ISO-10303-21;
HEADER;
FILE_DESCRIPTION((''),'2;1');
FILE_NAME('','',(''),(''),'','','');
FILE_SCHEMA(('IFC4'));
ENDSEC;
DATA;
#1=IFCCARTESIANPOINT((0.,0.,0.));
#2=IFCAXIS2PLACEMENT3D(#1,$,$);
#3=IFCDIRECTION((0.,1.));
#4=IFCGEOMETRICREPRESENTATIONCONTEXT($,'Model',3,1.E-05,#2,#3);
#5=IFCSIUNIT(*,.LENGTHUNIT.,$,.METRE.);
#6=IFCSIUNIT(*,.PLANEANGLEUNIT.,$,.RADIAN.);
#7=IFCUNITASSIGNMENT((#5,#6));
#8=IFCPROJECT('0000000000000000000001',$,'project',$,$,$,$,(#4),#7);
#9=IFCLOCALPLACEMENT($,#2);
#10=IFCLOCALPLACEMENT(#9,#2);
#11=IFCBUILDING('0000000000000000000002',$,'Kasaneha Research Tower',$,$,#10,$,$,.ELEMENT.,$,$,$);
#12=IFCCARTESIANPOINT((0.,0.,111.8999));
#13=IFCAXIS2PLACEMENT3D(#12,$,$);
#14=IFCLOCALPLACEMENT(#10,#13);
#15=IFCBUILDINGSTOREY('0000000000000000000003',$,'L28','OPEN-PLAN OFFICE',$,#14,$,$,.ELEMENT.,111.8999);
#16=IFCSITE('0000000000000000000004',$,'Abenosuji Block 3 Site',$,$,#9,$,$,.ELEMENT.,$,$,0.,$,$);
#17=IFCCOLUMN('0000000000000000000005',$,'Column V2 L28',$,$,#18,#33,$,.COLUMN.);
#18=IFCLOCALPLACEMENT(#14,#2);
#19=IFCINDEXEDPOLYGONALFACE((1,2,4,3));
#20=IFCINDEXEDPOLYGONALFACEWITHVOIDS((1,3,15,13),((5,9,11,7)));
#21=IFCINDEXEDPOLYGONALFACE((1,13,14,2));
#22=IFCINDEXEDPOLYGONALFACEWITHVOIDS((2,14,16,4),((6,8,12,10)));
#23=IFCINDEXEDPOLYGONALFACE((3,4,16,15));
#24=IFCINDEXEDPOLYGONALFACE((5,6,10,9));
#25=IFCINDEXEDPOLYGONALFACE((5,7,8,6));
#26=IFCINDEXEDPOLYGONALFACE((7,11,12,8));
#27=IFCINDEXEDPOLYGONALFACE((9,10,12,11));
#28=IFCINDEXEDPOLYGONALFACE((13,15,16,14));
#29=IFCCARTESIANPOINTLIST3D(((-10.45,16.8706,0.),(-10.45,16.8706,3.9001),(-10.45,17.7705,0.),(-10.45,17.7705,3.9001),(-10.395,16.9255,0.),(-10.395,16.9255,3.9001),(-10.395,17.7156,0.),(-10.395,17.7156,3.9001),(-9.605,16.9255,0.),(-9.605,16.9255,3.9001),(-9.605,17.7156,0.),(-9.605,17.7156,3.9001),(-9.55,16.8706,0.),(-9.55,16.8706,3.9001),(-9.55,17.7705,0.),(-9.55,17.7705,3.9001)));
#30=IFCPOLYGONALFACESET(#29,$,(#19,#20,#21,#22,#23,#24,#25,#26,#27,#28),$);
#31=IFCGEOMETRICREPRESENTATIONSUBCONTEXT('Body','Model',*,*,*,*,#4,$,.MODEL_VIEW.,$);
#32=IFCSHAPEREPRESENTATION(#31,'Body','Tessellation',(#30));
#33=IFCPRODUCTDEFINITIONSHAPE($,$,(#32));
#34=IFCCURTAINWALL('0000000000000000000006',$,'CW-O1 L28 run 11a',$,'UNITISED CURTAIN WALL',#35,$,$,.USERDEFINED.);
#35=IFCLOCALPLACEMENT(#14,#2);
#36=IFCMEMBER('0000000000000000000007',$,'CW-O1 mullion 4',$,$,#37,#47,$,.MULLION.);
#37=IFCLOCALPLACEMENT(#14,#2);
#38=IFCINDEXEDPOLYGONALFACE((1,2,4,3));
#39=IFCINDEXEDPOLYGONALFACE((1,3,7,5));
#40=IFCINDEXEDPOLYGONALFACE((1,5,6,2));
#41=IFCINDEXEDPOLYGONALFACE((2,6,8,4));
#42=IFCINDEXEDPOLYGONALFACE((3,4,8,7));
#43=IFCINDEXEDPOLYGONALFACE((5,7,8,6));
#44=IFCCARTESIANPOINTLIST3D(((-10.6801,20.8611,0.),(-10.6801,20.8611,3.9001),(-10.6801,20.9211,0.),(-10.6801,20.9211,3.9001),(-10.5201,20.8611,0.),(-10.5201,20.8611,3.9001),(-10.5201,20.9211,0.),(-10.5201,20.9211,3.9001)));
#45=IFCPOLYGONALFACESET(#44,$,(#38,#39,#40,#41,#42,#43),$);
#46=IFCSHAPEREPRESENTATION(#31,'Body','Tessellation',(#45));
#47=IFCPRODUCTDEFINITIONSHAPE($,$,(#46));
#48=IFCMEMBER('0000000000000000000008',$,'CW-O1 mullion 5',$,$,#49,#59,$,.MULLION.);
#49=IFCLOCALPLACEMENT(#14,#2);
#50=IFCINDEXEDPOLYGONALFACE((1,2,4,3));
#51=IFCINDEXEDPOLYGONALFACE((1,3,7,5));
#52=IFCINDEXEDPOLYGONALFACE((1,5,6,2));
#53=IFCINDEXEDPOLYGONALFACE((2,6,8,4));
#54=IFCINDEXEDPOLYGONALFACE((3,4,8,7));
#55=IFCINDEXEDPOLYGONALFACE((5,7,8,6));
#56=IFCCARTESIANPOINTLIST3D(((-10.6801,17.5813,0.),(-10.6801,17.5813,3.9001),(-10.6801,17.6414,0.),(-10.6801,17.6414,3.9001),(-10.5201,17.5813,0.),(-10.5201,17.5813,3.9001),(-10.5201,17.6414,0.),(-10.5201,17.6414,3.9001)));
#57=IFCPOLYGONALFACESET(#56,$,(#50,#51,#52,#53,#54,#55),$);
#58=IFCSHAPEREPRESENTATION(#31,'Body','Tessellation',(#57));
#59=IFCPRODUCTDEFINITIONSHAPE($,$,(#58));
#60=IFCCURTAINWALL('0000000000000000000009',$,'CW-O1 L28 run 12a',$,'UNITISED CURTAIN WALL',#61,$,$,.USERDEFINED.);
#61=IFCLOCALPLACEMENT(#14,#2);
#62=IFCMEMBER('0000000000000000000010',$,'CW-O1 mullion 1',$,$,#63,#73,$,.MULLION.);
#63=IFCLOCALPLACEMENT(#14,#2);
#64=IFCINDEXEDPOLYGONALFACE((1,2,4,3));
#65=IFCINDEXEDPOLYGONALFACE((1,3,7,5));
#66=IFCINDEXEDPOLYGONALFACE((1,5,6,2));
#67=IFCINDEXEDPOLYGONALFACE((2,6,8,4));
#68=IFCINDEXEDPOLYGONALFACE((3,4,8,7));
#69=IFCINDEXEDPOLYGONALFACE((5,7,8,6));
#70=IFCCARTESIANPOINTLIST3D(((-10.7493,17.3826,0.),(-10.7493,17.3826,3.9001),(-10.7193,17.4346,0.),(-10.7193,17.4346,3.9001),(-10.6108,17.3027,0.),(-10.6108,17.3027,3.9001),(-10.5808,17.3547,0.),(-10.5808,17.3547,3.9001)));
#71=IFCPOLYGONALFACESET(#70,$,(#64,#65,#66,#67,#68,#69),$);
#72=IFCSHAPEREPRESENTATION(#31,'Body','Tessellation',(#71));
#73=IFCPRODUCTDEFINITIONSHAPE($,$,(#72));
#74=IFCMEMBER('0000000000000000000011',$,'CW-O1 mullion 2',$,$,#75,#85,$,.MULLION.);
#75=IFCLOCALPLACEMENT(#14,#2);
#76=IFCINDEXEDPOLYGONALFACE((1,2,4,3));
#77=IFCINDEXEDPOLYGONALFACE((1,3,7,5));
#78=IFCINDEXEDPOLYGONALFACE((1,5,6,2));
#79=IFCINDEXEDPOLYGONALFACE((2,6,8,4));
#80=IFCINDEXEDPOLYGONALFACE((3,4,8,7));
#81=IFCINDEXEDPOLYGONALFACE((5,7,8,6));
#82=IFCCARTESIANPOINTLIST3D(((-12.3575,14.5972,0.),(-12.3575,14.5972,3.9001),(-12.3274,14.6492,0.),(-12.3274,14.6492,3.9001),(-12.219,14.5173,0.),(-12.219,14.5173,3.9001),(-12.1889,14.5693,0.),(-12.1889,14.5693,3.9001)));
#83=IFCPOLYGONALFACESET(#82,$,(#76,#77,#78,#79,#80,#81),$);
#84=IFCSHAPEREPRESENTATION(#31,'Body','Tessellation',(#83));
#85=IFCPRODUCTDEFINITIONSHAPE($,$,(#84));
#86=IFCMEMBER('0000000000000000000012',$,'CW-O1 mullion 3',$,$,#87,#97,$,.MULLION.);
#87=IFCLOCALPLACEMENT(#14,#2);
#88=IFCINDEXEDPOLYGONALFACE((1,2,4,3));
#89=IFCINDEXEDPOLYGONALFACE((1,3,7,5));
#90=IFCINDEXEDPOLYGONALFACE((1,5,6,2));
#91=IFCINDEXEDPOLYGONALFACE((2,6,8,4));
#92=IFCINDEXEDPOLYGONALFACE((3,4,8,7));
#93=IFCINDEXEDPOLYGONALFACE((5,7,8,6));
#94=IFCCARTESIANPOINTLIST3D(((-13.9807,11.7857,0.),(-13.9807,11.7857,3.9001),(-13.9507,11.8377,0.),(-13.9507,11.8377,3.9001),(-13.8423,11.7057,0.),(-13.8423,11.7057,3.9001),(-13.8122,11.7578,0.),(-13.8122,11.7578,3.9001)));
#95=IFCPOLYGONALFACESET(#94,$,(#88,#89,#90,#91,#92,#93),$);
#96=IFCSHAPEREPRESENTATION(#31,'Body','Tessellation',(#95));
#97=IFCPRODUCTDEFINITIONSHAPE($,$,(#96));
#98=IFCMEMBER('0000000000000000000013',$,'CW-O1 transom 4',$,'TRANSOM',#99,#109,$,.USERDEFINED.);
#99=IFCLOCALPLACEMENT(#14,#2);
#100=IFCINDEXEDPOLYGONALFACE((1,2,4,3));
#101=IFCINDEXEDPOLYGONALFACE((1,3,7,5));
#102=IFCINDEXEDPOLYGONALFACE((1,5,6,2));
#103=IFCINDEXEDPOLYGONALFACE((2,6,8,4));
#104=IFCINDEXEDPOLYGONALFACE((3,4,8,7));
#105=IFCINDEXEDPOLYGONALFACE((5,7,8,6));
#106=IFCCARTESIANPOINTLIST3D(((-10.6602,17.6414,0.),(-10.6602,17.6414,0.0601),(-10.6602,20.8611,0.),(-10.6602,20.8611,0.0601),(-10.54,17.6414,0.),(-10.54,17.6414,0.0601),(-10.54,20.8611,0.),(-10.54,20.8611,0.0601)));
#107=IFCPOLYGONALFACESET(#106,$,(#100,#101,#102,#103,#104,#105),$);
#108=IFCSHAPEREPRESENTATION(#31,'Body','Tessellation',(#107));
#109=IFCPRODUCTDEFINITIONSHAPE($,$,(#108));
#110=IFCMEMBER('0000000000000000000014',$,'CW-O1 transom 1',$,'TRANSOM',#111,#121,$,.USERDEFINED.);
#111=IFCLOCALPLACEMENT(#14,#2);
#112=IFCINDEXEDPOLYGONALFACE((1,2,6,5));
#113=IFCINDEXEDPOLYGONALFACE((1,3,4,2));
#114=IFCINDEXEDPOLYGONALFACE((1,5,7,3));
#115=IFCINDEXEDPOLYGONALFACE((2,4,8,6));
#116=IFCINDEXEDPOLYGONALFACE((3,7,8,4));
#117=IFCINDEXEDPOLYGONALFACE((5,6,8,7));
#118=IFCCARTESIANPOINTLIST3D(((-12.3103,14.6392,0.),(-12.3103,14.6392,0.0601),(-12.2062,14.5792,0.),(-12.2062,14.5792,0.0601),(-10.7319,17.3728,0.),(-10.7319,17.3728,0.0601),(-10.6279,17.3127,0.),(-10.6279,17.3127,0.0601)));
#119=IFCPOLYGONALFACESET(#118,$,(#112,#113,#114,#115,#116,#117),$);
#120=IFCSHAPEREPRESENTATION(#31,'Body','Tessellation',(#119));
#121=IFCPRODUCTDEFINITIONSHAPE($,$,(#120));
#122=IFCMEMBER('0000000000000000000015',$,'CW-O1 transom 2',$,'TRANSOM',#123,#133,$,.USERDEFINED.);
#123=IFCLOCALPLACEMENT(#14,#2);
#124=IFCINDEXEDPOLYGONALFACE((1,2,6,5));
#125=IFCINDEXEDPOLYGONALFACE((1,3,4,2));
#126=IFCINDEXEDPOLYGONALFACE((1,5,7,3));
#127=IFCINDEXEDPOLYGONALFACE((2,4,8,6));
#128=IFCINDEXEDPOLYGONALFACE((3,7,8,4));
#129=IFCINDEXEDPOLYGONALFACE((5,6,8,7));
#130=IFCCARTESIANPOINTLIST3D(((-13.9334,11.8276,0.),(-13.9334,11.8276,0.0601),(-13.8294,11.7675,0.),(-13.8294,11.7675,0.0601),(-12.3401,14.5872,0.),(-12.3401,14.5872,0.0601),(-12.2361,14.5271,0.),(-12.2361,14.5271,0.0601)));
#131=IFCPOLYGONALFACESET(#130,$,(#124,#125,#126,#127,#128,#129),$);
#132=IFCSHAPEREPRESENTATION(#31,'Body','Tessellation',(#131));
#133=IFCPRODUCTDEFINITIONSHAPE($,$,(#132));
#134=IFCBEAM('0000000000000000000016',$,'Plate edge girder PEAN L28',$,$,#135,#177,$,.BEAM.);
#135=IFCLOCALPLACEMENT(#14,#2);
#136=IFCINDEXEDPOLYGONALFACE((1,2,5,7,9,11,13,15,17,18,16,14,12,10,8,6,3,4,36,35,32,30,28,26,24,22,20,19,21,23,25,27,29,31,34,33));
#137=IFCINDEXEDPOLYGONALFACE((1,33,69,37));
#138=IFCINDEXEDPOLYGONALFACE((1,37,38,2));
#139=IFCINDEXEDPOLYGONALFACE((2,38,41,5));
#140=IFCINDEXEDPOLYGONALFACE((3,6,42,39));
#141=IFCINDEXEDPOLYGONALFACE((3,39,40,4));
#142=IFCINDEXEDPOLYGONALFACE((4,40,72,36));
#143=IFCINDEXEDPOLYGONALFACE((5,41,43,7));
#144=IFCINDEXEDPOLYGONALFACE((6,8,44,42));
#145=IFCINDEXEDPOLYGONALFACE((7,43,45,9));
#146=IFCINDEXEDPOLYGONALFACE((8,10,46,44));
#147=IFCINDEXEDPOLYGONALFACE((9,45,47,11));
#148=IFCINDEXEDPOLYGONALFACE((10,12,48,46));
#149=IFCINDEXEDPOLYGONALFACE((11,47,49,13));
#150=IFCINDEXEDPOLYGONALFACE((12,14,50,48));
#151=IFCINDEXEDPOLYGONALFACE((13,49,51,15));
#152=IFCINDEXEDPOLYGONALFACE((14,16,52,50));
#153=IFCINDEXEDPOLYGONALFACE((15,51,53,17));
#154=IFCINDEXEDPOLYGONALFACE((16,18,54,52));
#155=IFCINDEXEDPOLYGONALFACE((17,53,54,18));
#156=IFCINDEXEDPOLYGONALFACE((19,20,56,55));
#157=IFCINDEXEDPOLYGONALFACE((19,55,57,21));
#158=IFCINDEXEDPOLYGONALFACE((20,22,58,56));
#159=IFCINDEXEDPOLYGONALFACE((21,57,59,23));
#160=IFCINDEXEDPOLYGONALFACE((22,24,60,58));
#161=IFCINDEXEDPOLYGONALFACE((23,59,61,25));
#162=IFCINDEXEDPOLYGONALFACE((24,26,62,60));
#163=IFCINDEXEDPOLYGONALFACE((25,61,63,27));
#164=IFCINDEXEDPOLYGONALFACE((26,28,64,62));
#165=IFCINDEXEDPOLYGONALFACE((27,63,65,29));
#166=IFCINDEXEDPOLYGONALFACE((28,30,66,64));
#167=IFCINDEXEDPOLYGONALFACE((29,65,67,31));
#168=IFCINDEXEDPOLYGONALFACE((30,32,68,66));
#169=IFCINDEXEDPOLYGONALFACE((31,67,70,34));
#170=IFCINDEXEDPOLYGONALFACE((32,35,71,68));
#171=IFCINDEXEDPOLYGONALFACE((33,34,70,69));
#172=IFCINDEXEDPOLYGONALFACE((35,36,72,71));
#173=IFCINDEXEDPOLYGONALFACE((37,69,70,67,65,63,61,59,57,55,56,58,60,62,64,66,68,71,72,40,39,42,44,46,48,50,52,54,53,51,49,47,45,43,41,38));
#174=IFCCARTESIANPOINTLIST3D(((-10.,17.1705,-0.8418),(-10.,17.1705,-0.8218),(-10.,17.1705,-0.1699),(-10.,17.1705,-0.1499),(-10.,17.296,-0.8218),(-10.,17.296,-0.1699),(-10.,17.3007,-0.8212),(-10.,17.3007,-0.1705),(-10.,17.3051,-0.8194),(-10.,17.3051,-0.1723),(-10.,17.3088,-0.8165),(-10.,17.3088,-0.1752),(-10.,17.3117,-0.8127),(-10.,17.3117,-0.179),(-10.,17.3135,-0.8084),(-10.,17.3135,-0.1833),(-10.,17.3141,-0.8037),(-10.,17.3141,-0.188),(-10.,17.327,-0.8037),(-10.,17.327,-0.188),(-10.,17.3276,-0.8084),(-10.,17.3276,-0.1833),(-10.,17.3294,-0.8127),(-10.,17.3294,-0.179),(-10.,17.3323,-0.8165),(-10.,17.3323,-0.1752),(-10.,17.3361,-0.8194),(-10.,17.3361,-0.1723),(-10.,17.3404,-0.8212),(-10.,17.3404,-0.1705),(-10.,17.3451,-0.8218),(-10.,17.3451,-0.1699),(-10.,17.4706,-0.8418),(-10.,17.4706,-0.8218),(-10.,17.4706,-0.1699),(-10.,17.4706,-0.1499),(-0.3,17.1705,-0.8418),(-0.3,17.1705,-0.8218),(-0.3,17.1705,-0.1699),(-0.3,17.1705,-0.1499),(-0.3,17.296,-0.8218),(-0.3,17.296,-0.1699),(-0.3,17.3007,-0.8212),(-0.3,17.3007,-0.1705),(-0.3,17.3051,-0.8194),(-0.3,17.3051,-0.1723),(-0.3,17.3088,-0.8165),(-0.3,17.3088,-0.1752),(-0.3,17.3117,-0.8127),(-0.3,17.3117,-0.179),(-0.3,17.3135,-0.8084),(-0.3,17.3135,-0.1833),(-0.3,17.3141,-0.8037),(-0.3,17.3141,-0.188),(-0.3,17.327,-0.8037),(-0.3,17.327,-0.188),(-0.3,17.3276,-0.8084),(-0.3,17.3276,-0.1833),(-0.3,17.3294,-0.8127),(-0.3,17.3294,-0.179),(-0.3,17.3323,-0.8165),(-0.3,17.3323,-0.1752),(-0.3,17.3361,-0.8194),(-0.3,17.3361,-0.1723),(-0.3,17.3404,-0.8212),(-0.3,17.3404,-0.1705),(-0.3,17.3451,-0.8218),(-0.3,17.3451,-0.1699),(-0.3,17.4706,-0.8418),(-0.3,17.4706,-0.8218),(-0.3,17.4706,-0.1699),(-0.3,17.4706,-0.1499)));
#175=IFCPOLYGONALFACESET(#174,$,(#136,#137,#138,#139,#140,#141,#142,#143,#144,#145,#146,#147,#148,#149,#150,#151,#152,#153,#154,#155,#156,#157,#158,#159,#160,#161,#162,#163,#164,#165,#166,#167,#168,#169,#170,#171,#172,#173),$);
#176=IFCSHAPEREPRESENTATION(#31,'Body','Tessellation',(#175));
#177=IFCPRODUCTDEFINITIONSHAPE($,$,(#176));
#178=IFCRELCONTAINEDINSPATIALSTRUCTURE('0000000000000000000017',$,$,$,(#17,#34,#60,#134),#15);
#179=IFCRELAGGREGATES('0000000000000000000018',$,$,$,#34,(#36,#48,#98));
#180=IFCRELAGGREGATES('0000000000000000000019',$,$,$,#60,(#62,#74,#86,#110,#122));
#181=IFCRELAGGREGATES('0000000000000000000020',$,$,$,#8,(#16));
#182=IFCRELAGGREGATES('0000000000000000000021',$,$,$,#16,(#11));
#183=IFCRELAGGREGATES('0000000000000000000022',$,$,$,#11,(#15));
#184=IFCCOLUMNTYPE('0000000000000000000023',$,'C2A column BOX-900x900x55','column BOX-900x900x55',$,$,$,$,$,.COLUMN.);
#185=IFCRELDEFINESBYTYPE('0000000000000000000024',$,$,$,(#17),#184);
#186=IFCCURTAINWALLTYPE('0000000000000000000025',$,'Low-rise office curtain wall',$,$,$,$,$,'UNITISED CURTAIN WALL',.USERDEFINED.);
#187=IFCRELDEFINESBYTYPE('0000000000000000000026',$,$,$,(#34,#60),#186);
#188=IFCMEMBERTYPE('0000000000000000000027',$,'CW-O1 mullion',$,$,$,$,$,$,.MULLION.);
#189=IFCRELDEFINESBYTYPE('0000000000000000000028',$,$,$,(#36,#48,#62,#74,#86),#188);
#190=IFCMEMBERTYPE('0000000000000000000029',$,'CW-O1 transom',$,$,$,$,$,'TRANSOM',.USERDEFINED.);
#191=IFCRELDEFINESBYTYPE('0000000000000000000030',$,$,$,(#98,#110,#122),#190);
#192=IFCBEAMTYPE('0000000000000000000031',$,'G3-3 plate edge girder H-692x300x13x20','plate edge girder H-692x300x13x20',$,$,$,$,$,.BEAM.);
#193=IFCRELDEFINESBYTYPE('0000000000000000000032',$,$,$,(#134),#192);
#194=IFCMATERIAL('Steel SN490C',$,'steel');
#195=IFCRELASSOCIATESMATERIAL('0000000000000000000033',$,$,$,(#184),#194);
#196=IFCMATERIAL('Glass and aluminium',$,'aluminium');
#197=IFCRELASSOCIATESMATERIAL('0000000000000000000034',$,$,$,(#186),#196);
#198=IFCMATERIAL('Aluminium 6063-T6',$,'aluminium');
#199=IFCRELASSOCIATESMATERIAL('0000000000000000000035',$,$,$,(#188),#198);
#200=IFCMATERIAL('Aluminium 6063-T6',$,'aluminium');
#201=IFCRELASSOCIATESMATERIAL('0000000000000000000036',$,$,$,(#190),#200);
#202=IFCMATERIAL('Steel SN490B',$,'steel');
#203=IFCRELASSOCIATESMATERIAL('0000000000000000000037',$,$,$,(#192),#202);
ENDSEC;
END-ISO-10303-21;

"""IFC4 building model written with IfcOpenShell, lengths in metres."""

from ifc_helpers import new_model, si_unit, direction, frame, origin, origin_2d, place, context, subcontext, project, spatial, rectangle, hollow_rectangle, i_section, extrude, material, material_profile, profile_set, type_object, element, aggregate, save


model = new_model("IFC4")

# Units and contexts
model_context = context("Model", 3, precision=1e-05, world=origin(), true_north=direction((0.0, 1.0)))
body_context = subcontext(model_context, "Body", "Model", "MODEL_VIEW")
ifc_project = project(units=[si_unit("LENGTHUNIT", "METRE"), si_unit("PLANEANGLEUNIT", "RADIAN")], contexts=[model_context])

# Site, building, storey
site_placement = place(None, origin())
site = spatial("IfcSite", under=ifc_project, at=site_placement, Name="Abenosuji Block 3 Site", CompositionType="ELEMENT", RefElevation=0.0)
building_placement = place(site_placement, origin())
building = spatial("IfcBuilding", under=site, at=building_placement, Name="Kasaneha Research Tower", CompositionType="ELEMENT")
storey_placement = place(building_placement, frame((0.0, 0.0, 111.8999)))
storey = spatial("IfcBuildingStorey", under=building, at=storey_placement, Name="L28", Description="OPEN-PLAN OFFICE", CompositionType="ELEMENT", Elevation=111.8999)

# Column
ifc_material_1 = material(Name="Steel SN490C", Category="steel")
ifc_material_profile_1 = material_profile(ifc_material_1, hollow_rectangle(XDim=0.8999, YDim=0.8999, WallThickness=0.0549, at=origin_2d()), Name="BOX-900x900x55")
ifc_profile_set_1 = profile_set([ifc_material_profile_1], Name="Steel SN490C")
column_type = type_object("IfcColumnType", Name="C2A column BOX-900x900x55", Description="column BOX-900x900x55", PredefinedType="COLUMN", material=ifc_profile_set_1)
column_placement = place(storey_placement, frame((-10.0, 17.3206, 0.0), z_axis=(0.0, 0.0, 1.0), x_axis=(1.0, 0.0, 0.0)))
element("IfcColumn", 1, at=column_placement, inside=storey, type_object=column_type, Name="Column V2 L28", PredefinedType="COLUMN", context=body_context, shape_type="SweptSolid", body=[
    extrude(hollow_rectangle(XDim=0.8999, YDim=0.8999, WallThickness=0.0549, at=origin_2d()), origin(), (0.0, 0.0, 1.0), 3.9001),
])

# Curtain walls, members
ifc_material_2 = material(Name="Glass and aluminium", Category="aluminium")
curtain_wall_type = type_object("IfcCurtainWallType", Name="Low-rise office curtain wall", ElementType="UNITISED CURTAIN WALL", PredefinedType="USERDEFINED", material=ifc_material_2)
curtain_wall_1_placement = place(storey_placement, origin())
curtain_wall_1 = element("IfcCurtainWall", 2, at=curtain_wall_1_placement, inside=storey, type_object=curtain_wall_type, Name="CW-O1 L28 run 11a", ObjectType="UNITISED CURTAIN WALL", PredefinedType="USERDEFINED")
ifc_material_3 = material(Name="Aluminium 6063-T6", Category="aluminium")
ifc_material_profile_2 = material_profile(ifc_material_3, rectangle(XDim=0.0601, YDim=0.1599, at=origin_2d()), Name="CW-O1 mullion 60x160")
ifc_profile_set_2 = profile_set([ifc_material_profile_2], Name="Aluminium 6063-T6")
member_type_1 = type_object("IfcMemberType", Name="CW-O1 mullion", PredefinedType="MULLION", material=ifc_profile_set_2)
member_1_placement = place(storey_placement, frame((-10.6001, 20.8911, 0.0), z_axis=(0.0, 0.0, 1.0), x_axis=(0.0, -1.0, 0.0)))
member_1 = element("IfcMember", 3, at=member_1_placement, type_object=member_type_1, Name="CW-O1 mullion 4", PredefinedType="MULLION", context=body_context, shape_type="SweptSolid", body=[
    extrude(rectangle(XDim=0.0601, YDim=0.1599, at=origin_2d()), origin(), (0.0, 0.0, 1.0), 3.9001),
])
member_2_placement = place(storey_placement, frame((-10.6001, 17.6113, 0.0), z_axis=(0.0, 0.0, 1.0), x_axis=(0.0, -1.0, 0.0)))
member_2 = element("IfcMember", 4, at=member_2_placement, type_object=member_type_1, Name="CW-O1 mullion 5", PredefinedType="MULLION", context=body_context, shape_type="SweptSolid", body=[
    extrude(rectangle(XDim=0.0601, YDim=0.1599, at=origin_2d()), origin(), (0.0, 0.0, 1.0), 3.9001),
])
curtain_wall_2_placement = place(storey_placement, origin())
curtain_wall_2 = element("IfcCurtainWall", 5, at=curtain_wall_2_placement, inside=storey, type_object=curtain_wall_type, Name="CW-O1 L28 run 12a", ObjectType="UNITISED CURTAIN WALL", PredefinedType="USERDEFINED")
member_3_placement = place(storey_placement, frame((-10.665, 17.3687, 0.0), z_axis=(0.0, 0.0, 1.0), x_axis=(-0.5, -0.866025, 0.0)))
member_3 = element("IfcMember", 6, at=member_3_placement, type_object=member_type_1, Name="CW-O1 mullion 1", PredefinedType="MULLION", context=body_context, shape_type="SweptSolid", body=[
    extrude(rectangle(XDim=0.0601, YDim=0.1599, at=origin_2d()), origin(), (0.0, 0.0, 1.0), 3.9001),
])
member_4_placement = place(storey_placement, frame((-12.2732, 14.5833, 0.0), z_axis=(0.0, 0.0, 1.0), x_axis=(-0.5, -0.866025, 0.0)))
member_4 = element("IfcMember", 7, at=member_4_placement, type_object=member_type_1, Name="CW-O1 mullion 2", PredefinedType="MULLION", context=body_context, shape_type="SweptSolid", body=[
    extrude(rectangle(XDim=0.0601, YDim=0.1599, at=origin_2d()), origin(), (0.0, 0.0, 1.0), 3.9001),
])
member_5_placement = place(storey_placement, frame((-13.8965, 11.7717, 0.0), z_axis=(0.0, 0.0, 1.0), x_axis=(-0.5, -0.866025, 0.0)))
member_5 = element("IfcMember", 8, at=member_5_placement, type_object=member_type_1, Name="CW-O1 mullion 3", PredefinedType="MULLION", context=body_context, shape_type="SweptSolid", body=[
    extrude(rectangle(XDim=0.0601, YDim=0.1599, at=origin_2d()), origin(), (0.0, 0.0, 1.0), 3.9001),
])

# Members
ifc_material_4 = material(Name="Aluminium 6063-T6", Category="aluminium")
ifc_material_profile_3 = material_profile(ifc_material_4, rectangle(XDim=0.1201, YDim=0.0601, at=origin_2d()), Name="CW-O1 transom 120x60")
ifc_profile_set_3 = profile_set([ifc_material_profile_3], Name="Aluminium 6063-T6")
member_type_2 = type_object("IfcMemberType", Name="CW-O1 transom", ElementType="TRANSOM", PredefinedType="USERDEFINED", material=ifc_profile_set_3)
member_6_placement = place(storey_placement, frame((-10.6001, 20.8611, 0.03), z_axis=(0.0, -1.0, 0.0), x_axis=(1.0, 0.0, 0.0)))
member_6 = element("IfcMember", 9, at=member_6_placement, type_object=member_type_2, Name="CW-O1 transom 4", ObjectType="TRANSOM", PredefinedType="USERDEFINED", context=body_context, shape_type="SweptSolid", body=[
    extrude(rectangle(XDim=0.1201, YDim=0.0601, at=origin_2d()), origin(), (0.0, 0.0, 1.0), 3.2197),
])
member_7_placement = place(storey_placement, frame((-10.6799, 17.3428, 0.03), z_axis=(-0.500024, -0.866012, 0.0), x_axis=(0.866012, -0.500024, 0.0)))
member_7 = element("IfcMember", 10, at=member_7_placement, type_object=member_type_2, Name="CW-O1 transom 1", ObjectType="TRANSOM", PredefinedType="USERDEFINED", context=body_context, shape_type="SweptSolid", body=[
    extrude(rectangle(XDim=0.1201, YDim=0.0601, at=origin_2d()), origin(), (0.0, 0.0, 1.0), 3.1565),
])
member_8_placement = place(storey_placement, frame((-12.2881, 14.5571, 0.03), z_axis=(-0.500012, -0.866018, 0.0), x_axis=(0.866018, -0.500012, 0.0)))
member_8 = element("IfcMember", 11, at=member_8_placement, type_object=member_type_2, Name="CW-O1 transom 2", ObjectType="TRANSOM", PredefinedType="USERDEFINED", context=body_context, shape_type="SweptSolid", body=[
    extrude(rectangle(XDim=0.1201, YDim=0.0601, at=origin_2d()), origin(), (0.0, 0.0, 1.0), 3.1865),
])

# Beam
ifc_material_5 = material(Name="Steel SN490B", Category="steel")
ifc_material_profile_4 = material_profile(ifc_material_5, i_section(OverallWidth=0.3, OverallDepth=0.6919, WebThickness=0.0129, FlangeThickness=0.02, FilletRadius=0.0181, at=origin_2d()), Name="H-692x300x13x20")
ifc_profile_set_4 = profile_set([ifc_material_profile_4], Name="Steel SN490B")
beam_type_1 = type_object("IfcBeamType", Name="G3-3 plate edge girder H-692x300x13x20", Description="plate edge girder H-692x300x13x20", PredefinedType="BEAM", material=ifc_profile_set_4)
beam_1_placement = place(storey_placement, frame((-10.0, 17.3206, -0.4958), z_axis=(1.0, 0.0, 0.0), x_axis=(0.0, 1.0, 0.0)))
element("IfcBeam", 12, at=beam_1_placement, inside=storey, type_object=beam_type_1, Name="Plate edge girder PEAN L28", PredefinedType="BEAM", context=body_context, shape_type="SweptSolid", body=[
    extrude(i_section(OverallWidth=0.3, OverallDepth=0.6919, WebThickness=0.0129, FlangeThickness=0.02, FilletRadius=0.0181, at=origin_2d()), origin(), (0.0, 0.0, 1.0), 9.7),
])

aggregate(curtain_wall_1, [member_1, member_2, member_6])
aggregate(curtain_wall_2, [member_3, member_4, member_5, member_7, member_8])

save(model, "model.ifc")
